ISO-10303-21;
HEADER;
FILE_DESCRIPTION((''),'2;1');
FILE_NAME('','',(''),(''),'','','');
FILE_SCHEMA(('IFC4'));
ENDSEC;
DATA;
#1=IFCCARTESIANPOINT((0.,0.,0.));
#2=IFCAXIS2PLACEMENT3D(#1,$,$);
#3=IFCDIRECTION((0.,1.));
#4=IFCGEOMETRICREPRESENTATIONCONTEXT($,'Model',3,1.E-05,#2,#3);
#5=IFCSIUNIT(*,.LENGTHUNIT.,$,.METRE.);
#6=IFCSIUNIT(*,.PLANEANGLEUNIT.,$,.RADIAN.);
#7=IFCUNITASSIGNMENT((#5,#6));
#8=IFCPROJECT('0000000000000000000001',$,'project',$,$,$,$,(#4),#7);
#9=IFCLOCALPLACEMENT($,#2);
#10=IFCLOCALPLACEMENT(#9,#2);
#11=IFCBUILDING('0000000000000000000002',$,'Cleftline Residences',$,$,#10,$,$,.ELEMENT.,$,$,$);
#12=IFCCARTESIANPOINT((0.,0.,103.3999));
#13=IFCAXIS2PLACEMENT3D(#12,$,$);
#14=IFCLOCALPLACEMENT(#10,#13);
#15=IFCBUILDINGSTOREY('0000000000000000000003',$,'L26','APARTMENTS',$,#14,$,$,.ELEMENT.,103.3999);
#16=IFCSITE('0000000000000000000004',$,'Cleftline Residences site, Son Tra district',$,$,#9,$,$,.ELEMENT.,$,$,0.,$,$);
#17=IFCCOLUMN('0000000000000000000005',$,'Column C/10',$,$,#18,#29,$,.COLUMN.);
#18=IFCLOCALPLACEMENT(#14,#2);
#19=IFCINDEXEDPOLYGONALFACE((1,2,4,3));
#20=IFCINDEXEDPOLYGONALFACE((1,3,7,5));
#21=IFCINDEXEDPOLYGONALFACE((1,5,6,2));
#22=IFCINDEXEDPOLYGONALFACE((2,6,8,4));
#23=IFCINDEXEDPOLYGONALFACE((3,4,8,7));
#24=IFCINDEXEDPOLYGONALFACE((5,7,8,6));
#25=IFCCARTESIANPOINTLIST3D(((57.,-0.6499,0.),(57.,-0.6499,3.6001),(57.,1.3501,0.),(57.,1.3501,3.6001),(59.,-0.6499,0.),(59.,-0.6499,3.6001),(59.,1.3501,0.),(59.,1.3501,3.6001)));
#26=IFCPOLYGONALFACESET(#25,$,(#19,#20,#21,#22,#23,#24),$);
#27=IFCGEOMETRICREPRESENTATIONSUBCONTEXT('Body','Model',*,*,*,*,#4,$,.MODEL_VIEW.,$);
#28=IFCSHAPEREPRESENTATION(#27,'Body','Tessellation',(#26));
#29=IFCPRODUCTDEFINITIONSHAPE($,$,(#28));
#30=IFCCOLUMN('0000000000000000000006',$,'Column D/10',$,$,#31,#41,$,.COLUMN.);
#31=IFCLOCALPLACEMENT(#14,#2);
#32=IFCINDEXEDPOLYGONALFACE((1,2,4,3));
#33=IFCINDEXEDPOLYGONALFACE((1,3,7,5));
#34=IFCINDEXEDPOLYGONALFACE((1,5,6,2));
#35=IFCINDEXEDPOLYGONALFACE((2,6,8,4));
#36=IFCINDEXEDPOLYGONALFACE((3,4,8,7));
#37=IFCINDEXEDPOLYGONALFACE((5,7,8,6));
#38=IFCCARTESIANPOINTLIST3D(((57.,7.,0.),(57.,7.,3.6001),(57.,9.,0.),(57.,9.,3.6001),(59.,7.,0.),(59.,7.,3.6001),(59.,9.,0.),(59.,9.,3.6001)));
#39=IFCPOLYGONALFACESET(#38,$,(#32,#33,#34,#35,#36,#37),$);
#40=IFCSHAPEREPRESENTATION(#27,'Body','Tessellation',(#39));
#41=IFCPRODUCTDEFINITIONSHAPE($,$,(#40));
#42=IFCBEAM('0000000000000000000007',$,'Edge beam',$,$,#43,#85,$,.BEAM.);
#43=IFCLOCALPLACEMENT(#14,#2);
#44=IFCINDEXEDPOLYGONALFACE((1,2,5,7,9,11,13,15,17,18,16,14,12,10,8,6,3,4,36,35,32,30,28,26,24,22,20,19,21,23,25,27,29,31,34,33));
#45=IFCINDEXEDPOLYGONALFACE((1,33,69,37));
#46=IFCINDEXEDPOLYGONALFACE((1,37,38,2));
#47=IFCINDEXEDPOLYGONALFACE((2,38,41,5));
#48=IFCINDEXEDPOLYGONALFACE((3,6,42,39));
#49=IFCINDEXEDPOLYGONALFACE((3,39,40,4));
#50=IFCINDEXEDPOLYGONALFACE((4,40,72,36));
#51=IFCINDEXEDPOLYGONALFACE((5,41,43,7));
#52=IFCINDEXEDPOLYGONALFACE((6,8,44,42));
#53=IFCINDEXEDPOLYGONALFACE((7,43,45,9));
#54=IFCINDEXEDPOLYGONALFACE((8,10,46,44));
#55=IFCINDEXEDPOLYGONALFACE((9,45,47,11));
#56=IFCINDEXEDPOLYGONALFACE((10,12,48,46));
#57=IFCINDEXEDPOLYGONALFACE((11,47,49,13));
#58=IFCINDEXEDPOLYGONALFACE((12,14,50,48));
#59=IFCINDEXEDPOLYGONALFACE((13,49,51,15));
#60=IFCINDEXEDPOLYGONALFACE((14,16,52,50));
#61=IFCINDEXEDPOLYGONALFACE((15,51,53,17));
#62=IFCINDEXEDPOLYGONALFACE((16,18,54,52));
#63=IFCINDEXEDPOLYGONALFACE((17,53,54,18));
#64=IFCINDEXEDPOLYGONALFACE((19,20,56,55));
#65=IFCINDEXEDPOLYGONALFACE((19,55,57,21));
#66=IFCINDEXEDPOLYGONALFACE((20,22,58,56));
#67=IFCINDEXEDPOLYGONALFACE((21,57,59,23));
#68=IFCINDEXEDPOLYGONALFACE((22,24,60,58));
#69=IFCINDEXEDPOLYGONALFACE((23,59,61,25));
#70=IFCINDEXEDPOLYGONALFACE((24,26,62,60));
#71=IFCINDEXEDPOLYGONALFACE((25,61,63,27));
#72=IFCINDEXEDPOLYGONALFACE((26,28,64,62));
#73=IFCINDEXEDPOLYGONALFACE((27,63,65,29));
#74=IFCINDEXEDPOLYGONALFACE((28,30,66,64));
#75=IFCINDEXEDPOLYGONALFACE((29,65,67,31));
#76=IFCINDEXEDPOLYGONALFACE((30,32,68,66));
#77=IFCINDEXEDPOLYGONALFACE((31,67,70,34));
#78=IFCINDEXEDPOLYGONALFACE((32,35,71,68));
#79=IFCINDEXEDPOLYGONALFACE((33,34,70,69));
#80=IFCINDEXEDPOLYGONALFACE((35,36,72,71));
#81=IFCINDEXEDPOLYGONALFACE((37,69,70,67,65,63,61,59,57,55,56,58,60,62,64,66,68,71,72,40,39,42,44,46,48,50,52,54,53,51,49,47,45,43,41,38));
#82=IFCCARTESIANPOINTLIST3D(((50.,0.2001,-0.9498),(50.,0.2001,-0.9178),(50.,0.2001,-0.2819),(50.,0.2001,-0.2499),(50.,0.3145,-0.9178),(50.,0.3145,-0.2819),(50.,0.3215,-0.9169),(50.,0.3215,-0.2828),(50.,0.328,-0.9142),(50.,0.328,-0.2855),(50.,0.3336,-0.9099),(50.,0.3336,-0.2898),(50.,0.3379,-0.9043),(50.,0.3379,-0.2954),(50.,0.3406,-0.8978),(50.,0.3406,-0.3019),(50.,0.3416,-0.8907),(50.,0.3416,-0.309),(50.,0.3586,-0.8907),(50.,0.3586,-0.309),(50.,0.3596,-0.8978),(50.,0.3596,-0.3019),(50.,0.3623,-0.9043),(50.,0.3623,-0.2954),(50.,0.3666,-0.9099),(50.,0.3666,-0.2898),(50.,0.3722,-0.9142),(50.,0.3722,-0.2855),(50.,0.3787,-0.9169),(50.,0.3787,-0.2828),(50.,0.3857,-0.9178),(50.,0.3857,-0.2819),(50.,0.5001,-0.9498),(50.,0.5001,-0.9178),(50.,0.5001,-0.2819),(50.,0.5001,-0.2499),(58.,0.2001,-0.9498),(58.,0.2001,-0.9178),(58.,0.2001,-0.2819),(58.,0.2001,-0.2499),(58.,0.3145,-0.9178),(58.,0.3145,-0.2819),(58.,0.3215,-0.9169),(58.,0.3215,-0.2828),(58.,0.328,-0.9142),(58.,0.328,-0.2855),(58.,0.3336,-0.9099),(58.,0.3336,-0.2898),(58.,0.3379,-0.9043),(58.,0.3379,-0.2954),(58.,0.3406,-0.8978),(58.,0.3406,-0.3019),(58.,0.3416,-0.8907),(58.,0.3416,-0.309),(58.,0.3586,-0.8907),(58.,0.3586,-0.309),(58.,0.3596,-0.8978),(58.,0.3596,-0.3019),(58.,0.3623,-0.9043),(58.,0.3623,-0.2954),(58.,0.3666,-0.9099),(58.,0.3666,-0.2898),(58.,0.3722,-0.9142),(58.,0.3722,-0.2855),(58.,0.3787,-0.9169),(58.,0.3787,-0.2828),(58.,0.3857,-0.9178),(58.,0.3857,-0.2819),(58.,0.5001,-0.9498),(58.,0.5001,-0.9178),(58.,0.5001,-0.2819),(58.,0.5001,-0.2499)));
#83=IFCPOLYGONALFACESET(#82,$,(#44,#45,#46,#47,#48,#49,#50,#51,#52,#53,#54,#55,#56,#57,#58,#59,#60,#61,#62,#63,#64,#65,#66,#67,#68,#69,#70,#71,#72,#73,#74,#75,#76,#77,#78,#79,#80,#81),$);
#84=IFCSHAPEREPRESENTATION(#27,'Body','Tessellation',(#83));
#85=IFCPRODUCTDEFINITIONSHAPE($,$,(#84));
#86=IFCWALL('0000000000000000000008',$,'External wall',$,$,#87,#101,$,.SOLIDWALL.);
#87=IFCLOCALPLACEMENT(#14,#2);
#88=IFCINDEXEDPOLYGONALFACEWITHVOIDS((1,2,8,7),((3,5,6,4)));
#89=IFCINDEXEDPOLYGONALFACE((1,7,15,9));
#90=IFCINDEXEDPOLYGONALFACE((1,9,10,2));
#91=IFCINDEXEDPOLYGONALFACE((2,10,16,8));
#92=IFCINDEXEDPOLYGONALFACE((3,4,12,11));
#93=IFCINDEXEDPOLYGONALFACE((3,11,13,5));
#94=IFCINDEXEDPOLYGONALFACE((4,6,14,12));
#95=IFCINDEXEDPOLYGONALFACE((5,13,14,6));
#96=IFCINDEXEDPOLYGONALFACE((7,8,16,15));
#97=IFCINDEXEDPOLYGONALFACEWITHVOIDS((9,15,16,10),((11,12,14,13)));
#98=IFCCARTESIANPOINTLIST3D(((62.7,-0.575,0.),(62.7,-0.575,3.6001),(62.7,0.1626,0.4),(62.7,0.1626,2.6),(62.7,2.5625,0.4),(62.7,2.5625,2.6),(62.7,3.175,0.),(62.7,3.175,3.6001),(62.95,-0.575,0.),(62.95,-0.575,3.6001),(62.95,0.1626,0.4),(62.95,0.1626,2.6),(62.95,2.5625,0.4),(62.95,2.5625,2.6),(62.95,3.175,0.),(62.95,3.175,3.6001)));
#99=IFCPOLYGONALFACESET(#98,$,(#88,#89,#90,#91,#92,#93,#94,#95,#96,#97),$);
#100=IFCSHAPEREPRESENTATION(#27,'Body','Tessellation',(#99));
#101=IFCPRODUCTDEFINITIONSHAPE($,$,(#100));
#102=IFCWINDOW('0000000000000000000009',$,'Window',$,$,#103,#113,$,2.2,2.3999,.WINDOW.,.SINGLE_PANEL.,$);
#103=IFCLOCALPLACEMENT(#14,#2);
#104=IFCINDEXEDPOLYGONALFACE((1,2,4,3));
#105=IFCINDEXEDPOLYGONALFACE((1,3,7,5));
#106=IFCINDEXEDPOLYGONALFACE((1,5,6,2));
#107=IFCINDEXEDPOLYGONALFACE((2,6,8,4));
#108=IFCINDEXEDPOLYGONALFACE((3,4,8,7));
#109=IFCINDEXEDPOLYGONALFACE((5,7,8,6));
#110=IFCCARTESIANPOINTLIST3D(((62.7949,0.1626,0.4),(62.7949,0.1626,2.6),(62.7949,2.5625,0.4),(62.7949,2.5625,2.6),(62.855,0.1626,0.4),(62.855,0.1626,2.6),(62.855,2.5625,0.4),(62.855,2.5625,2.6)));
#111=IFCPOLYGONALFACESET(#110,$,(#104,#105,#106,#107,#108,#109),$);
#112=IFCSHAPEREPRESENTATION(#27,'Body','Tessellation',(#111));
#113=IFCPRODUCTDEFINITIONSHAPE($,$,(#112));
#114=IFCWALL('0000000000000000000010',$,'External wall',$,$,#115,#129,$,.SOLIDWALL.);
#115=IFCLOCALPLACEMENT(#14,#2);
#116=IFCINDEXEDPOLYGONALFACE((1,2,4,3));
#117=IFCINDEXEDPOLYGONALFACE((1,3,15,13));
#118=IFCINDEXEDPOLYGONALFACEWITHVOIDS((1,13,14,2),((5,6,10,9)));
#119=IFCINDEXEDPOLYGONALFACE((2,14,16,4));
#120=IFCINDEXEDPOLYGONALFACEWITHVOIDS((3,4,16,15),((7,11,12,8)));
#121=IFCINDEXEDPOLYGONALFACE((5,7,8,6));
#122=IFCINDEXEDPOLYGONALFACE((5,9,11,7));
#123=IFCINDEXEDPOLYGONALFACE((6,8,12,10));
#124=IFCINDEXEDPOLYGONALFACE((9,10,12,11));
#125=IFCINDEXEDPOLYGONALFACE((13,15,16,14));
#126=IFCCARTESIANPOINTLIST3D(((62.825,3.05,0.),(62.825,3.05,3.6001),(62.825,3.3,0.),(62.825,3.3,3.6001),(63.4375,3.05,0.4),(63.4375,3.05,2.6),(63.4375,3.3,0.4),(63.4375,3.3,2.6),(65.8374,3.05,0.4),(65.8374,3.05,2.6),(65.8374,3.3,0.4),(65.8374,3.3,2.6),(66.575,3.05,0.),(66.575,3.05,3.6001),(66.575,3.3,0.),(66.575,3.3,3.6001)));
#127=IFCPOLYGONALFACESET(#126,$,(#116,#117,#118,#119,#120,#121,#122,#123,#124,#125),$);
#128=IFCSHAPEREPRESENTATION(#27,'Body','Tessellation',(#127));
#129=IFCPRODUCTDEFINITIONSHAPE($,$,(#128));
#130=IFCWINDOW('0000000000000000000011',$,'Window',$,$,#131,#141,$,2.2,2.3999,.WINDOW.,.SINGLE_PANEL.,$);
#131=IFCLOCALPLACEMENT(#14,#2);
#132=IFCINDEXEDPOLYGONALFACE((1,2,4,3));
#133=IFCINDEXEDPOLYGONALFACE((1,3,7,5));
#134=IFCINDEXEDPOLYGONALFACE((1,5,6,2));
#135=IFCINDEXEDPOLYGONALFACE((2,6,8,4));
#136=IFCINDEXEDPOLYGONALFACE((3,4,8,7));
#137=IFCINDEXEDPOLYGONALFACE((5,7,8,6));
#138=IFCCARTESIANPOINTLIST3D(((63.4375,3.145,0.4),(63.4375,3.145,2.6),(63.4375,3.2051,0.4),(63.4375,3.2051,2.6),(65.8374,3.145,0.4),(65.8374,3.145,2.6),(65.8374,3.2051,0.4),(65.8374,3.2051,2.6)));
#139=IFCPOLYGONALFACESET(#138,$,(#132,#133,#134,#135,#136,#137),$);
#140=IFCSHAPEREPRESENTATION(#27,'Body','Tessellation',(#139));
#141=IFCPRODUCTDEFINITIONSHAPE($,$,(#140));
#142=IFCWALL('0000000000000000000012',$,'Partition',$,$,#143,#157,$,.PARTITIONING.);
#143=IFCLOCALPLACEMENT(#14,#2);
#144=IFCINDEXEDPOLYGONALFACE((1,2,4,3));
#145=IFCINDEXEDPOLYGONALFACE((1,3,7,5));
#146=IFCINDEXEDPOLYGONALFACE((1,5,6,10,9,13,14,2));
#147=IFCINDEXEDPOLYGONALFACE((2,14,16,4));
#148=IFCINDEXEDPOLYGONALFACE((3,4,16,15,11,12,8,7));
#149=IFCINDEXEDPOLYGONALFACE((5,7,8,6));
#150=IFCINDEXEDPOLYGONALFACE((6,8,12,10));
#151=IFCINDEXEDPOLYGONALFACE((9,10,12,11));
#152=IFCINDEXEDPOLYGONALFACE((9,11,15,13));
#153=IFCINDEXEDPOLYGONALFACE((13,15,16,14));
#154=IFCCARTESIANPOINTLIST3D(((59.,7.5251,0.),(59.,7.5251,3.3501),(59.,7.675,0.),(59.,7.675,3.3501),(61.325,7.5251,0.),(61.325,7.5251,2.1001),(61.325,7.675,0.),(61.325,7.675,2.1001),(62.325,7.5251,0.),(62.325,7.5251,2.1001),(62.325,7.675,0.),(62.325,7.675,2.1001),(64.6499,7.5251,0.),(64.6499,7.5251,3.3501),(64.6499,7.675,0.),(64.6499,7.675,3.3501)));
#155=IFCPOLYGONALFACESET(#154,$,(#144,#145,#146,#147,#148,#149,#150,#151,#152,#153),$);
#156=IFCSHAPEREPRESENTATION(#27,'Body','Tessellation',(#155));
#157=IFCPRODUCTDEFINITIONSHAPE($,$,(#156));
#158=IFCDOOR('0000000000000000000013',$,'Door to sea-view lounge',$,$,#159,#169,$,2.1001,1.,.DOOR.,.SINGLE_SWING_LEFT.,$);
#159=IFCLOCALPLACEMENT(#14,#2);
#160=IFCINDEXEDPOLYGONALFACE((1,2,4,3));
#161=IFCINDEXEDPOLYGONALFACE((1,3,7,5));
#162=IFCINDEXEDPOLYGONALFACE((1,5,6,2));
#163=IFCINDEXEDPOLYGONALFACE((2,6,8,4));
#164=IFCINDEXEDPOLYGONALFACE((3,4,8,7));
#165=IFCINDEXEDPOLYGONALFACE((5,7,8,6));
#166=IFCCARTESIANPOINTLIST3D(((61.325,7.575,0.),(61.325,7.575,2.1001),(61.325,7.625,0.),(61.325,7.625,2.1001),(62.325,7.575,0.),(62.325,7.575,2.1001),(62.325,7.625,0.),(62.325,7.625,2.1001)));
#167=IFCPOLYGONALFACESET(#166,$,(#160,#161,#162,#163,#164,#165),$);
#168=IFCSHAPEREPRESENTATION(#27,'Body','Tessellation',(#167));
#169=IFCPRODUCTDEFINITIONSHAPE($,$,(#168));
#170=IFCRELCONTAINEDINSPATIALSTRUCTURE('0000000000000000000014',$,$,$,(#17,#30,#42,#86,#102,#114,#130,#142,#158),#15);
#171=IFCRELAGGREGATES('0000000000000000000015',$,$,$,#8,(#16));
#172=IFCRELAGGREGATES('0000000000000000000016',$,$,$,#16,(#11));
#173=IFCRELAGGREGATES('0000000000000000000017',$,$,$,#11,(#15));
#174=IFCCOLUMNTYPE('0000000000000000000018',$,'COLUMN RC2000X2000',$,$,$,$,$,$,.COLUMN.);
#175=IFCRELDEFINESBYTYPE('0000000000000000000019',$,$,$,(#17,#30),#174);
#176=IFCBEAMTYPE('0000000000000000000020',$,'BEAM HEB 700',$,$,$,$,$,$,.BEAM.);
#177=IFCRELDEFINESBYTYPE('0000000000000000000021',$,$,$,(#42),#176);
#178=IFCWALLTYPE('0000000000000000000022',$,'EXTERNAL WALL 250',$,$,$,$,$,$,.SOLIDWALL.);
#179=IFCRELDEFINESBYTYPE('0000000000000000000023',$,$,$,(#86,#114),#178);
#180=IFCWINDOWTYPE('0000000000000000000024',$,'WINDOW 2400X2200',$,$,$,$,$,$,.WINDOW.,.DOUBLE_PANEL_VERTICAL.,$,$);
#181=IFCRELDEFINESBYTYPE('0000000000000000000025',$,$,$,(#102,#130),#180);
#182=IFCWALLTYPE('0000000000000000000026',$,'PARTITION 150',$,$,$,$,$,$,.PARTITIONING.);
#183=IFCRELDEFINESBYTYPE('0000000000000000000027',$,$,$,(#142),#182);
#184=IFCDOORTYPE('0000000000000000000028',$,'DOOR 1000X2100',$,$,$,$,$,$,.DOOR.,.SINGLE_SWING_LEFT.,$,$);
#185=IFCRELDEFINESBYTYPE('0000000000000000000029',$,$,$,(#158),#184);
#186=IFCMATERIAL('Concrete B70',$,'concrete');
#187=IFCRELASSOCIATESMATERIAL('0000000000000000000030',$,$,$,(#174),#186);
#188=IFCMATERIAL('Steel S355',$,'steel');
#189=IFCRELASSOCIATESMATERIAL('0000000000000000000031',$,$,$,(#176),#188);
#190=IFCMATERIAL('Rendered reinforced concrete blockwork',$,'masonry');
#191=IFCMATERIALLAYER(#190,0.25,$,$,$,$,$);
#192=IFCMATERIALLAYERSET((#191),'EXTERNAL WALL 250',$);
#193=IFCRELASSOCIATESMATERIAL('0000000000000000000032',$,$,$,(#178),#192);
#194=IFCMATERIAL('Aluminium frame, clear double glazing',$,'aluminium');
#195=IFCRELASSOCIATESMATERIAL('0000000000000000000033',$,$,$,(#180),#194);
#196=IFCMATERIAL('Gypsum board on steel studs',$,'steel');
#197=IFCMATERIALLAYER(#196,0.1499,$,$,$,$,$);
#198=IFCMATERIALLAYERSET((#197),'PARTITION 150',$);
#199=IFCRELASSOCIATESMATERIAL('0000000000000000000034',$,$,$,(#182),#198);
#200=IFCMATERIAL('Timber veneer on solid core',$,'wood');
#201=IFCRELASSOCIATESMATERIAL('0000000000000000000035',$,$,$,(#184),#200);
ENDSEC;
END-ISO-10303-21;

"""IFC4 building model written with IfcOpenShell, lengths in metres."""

from ifc_helpers import new_model, si_unit, direction, frame, frame_2d, origin, origin_2d, place, context, subcontext, project, spatial, rectangle, i_section, extrude, material, layer, layer_set, material_profile, profile_set, type_object, element, fill, save


model = new_model("IFC4")

# Units and contexts
model_context = context("Model", 3, precision=1e-05, world=origin(), true_north=direction((0.0, 1.0)))
body_context = subcontext(model_context, "Body", "Model", "MODEL_VIEW")
ifc_project = project(units=[si_unit("LENGTHUNIT", "METRE"), si_unit("PLANEANGLEUNIT", "RADIAN")], contexts=[model_context])

# Site, building, storey
site_placement = place(None, origin())
site = spatial("IfcSite", under=ifc_project, at=site_placement, Name="Cleftline Residences site, Son Tra district", CompositionType="ELEMENT", RefElevation=0.0)
building_placement = place(site_placement, origin())
building = spatial("IfcBuilding", under=site, at=building_placement, Name="Cleftline Residences", CompositionType="ELEMENT")
storey_placement = place(building_placement, frame((0.0, 0.0, 103.3999)))
storey = spatial("IfcBuildingStorey", under=building, at=storey_placement, Name="L26", Description="APARTMENTS", CompositionType="ELEMENT", Elevation=103.3999)

# Columns
ifc_material_1 = material(Name="Concrete B70", Category="concrete")
ifc_material_profile_1 = material_profile(ifc_material_1, rectangle(XDim=2.0, YDim=2.0, at=origin_2d()))
ifc_profile_set_1 = profile_set([ifc_material_profile_1], Name="Concrete B70")
column_type = type_object("IfcColumnType", Name="COLUMN RC2000X2000", PredefinedType="COLUMN", material=ifc_profile_set_1)
for number, where, z_axis, x_axis, name in (
    (1, (58.0, 0.3501, 0.0), (0.0, 0.0, 1.0), (1.0, 0.0, 0.0), "Column C/10"),
    (2, (58.0, 8.0, 0.0), (0.0, 0.0, 1.0), (1.0, 0.0, 0.0), "Column D/10"),
):
    element("IfcColumn", number, at=place(storey_placement, frame(where, z_axis=z_axis, x_axis=x_axis)), inside=storey, type_object=column_type, Name=name, PredefinedType="COLUMN", context=body_context, shape_type="SweptSolid", body=[
        extrude(rectangle(XDim=2.0, YDim=2.0, at=origin_2d()), origin(), (0.0, 0.0, 1.0), 3.6001),
    ])

# Beam
ifc_material_2 = material(Name="Steel S355", Category="steel")
ifc_material_profile_2 = material_profile(ifc_material_2, i_section(OverallWidth=0.3, OverallDepth=0.7, WebThickness=0.0171, FlangeThickness=0.032, FilletRadius=0.0271, at=origin_2d()))
ifc_profile_set_2 = profile_set([ifc_material_profile_2], Name="Steel S355")
beam_type = type_object("IfcBeamType", Name="BEAM HEB 700", PredefinedType="BEAM", material=ifc_profile_set_2)
beam_placement = place(storey_placement, frame((58.0, 0.3501, -0.5999), z_axis=(-1.0, 0.0, 0.0), x_axis=(0.0, -1.0, 0.0)))
element("IfcBeam", 3, at=beam_placement, inside=storey, type_object=beam_type, Name="Edge beam", PredefinedType="BEAM", context=body_context, shape_type="SweptSolid", body=[
    extrude(i_section(OverallWidth=0.3, OverallDepth=0.7, WebThickness=0.0171, FlangeThickness=0.032, FilletRadius=0.0271, at=origin_2d()), origin(), (0.0, 0.0, 1.0), 8.0),
])

# Walls, openings, windows
ifc_material_3 = material(Name="Rendered reinforced concrete blockwork", Category="masonry")
ifc_layer_1 = layer(ifc_material_3, 0.25)
ifc_layer_set_1 = layer_set([ifc_layer_1], Name="EXTERNAL WALL 250")
wall_type_1 = type_object("IfcWallType", Name="EXTERNAL WALL 250", PredefinedType="SOLIDWALL", material=ifc_layer_set_1)
wall_1_placement = place(storey_placement, frame((62.825, -0.575, 0.0), z_axis=(0.0, 0.0, 1.0), x_axis=(0.0, 1.0, 0.0)))
wall_1 = element("IfcWall", 4, at=wall_1_placement, inside=storey, type_object=wall_type_1, Name="External wall", PredefinedType="SOLIDWALL", context=body_context, shape_type="SweptSolid", body=[
    extrude(rectangle(XDim=3.75, YDim=0.25, at=frame_2d((1.875, 0.0))), origin(), (0.0, 0.0, 1.0), 3.6001),
])
opening_1_placement = place(wall_1_placement, frame((0.7375, 0.0, 0.3999)))
opening_1 = element("IfcOpeningElement", 5, at=opening_1_placement, cuts=wall_1, PredefinedType="OPENING", context=body_context, shape_type="SweptSolid", body=[
    extrude(rectangle(XDim=2.3999, YDim=2.2, at=frame_2d((1.2, 1.1001))), frame((0.0, 0.135, 0.0), z_axis=(0.0, -1.0, 0.0), x_axis=(1.0, 0.0, 0.0)), (0.0, 0.0, 1.0), 0.27),
])
ifc_material_4 = material(Name="Aluminium frame, clear double glazing", Category="aluminium")
window_type = type_object("IfcWindowType", Name="WINDOW 2400X2200", PartitioningType="DOUBLE_PANEL_VERTICAL", PredefinedType="WINDOW", material=ifc_material_4)
window_1_placement = place(opening_1_placement, origin())
window_1 = element("IfcWindow", 6, at=window_1_placement, inside=storey, type_object=window_type, Name="Window", OverallHeight=2.2, OverallWidth=2.3999, PartitioningType="SINGLE_PANEL", PredefinedType="WINDOW", context=body_context, shape_type="SweptSolid", body=[
    extrude(rectangle(XDim=2.3999, YDim=2.2, at=frame_2d((1.2, 1.1001))), frame((0.0, 0.03, 0.0), z_axis=(0.0, -1.0, 0.0), x_axis=(1.0, 0.0, 0.0)), (0.0, 0.0, 1.0), 0.0601),
])
fill(opening_1, window_1)
wall_2_placement = place(storey_placement, frame((62.825, 3.175, 0.0), z_axis=(0.0, 0.0, 1.0), x_axis=(1.0, 0.0, 0.0)))
wall_2 = element("IfcWall", 7, at=wall_2_placement, inside=storey, type_object=wall_type_1, Name="External wall", PredefinedType="SOLIDWALL", context=body_context, shape_type="SweptSolid", body=[
    extrude(rectangle(XDim=3.75, YDim=0.25, at=frame_2d((1.875, 0.0))), origin(), (0.0, 0.0, 1.0), 3.6001),
])
opening_2_placement = place(wall_2_placement, frame((0.6125, 0.0, 0.3999)))
opening_2 = element("IfcOpeningElement", 8, at=opening_2_placement, cuts=wall_2, PredefinedType="OPENING", context=body_context, shape_type="SweptSolid", body=[
    extrude(rectangle(XDim=2.3999, YDim=2.2, at=frame_2d((1.2, 1.1001))), frame((0.0, 0.135, 0.0), z_axis=(0.0, -1.0, 0.0), x_axis=(1.0, 0.0, 0.0)), (0.0, 0.0, 1.0), 0.27),
])
window_2_placement = place(opening_2_placement, origin())
window_2 = element("IfcWindow", 9, at=window_2_placement, inside=storey, type_object=window_type, Name="Window", OverallHeight=2.2, OverallWidth=2.3999, PartitioningType="SINGLE_PANEL", PredefinedType="WINDOW", context=body_context, shape_type="SweptSolid", body=[
    extrude(rectangle(XDim=2.3999, YDim=2.2, at=frame_2d((1.2, 1.1001))), frame((0.0, 0.03, 0.0), z_axis=(0.0, -1.0, 0.0), x_axis=(1.0, 0.0, 0.0)), (0.0, 0.0, 1.0), 0.0601),
])
fill(opening_2, window_2)

# Wall, opening, door
ifc_material_5 = material(Name="Gypsum board on steel studs", Category="steel")
ifc_layer_2 = layer(ifc_material_5, 0.1499)
ifc_layer_set_2 = layer_set([ifc_layer_2], Name="PARTITION 150")
wall_type_2 = type_object("IfcWallType", Name="PARTITION 150", PredefinedType="PARTITIONING", material=ifc_layer_set_2)
wall_3_placement = place(storey_placement, frame((59.0, 7.6001, 0.0), z_axis=(0.0, 0.0, 1.0), x_axis=(1.0, 0.0, 0.0)))
wall_3 = element("IfcWall", 10, at=wall_3_placement, inside=storey, type_object=wall_type_2, Name="Partition", PredefinedType="PARTITIONING", context=body_context, shape_type="SweptSolid", body=[
    extrude(rectangle(XDim=5.6499, YDim=0.1499, at=frame_2d((2.825, 0.0))), origin(), (0.0, 0.0, 1.0), 3.3501),
])
opening_3_placement = place(wall_3_placement, frame((2.325, 0.0, 0.0)))
opening_3 = element("IfcOpeningElement", 11, at=opening_3_placement, cuts=wall_3, PredefinedType="OPENING", context=body_context, shape_type="SweptSolid", body=[
    extrude(rectangle(XDim=1.0, YDim=2.1001, at=frame_2d((0.5, 1.05))), frame((0.0, 0.085, 0.0), z_axis=(0.0, -1.0, 0.0), x_axis=(1.0, 0.0, 0.0)), (0.0, 0.0, 1.0), 0.1699),
])
ifc_material_6 = material(Name="Timber veneer on solid core", Category="wood")
door_type_1 = type_object("IfcDoorType", Name="DOOR 1000X2100", OperationType="SINGLE_SWING_LEFT", PredefinedType="DOOR", material=ifc_material_6)
door_1_placement = place(opening_3_placement, origin())
door_1 = element("IfcDoor", 12, at=door_1_placement, inside=storey, type_object=door_type_1, Name="Door to sea-view lounge", OperationType="SINGLE_SWING_LEFT", OverallHeight=2.1001, OverallWidth=1.0, PredefinedType="DOOR", context=body_context, shape_type="SweptSolid", body=[
    extrude(rectangle(XDim=1.0, YDim=2.1001, at=frame_2d((0.5, 1.05))), frame((0.0, 0.0249, 0.0), z_axis=(0.0, -1.0, 0.0), x_axis=(1.0, 0.0, 0.0)), (0.0, 0.0, 1.0), 0.05),
])
fill(opening_3, door_1)

save(model, "model.ifc")
